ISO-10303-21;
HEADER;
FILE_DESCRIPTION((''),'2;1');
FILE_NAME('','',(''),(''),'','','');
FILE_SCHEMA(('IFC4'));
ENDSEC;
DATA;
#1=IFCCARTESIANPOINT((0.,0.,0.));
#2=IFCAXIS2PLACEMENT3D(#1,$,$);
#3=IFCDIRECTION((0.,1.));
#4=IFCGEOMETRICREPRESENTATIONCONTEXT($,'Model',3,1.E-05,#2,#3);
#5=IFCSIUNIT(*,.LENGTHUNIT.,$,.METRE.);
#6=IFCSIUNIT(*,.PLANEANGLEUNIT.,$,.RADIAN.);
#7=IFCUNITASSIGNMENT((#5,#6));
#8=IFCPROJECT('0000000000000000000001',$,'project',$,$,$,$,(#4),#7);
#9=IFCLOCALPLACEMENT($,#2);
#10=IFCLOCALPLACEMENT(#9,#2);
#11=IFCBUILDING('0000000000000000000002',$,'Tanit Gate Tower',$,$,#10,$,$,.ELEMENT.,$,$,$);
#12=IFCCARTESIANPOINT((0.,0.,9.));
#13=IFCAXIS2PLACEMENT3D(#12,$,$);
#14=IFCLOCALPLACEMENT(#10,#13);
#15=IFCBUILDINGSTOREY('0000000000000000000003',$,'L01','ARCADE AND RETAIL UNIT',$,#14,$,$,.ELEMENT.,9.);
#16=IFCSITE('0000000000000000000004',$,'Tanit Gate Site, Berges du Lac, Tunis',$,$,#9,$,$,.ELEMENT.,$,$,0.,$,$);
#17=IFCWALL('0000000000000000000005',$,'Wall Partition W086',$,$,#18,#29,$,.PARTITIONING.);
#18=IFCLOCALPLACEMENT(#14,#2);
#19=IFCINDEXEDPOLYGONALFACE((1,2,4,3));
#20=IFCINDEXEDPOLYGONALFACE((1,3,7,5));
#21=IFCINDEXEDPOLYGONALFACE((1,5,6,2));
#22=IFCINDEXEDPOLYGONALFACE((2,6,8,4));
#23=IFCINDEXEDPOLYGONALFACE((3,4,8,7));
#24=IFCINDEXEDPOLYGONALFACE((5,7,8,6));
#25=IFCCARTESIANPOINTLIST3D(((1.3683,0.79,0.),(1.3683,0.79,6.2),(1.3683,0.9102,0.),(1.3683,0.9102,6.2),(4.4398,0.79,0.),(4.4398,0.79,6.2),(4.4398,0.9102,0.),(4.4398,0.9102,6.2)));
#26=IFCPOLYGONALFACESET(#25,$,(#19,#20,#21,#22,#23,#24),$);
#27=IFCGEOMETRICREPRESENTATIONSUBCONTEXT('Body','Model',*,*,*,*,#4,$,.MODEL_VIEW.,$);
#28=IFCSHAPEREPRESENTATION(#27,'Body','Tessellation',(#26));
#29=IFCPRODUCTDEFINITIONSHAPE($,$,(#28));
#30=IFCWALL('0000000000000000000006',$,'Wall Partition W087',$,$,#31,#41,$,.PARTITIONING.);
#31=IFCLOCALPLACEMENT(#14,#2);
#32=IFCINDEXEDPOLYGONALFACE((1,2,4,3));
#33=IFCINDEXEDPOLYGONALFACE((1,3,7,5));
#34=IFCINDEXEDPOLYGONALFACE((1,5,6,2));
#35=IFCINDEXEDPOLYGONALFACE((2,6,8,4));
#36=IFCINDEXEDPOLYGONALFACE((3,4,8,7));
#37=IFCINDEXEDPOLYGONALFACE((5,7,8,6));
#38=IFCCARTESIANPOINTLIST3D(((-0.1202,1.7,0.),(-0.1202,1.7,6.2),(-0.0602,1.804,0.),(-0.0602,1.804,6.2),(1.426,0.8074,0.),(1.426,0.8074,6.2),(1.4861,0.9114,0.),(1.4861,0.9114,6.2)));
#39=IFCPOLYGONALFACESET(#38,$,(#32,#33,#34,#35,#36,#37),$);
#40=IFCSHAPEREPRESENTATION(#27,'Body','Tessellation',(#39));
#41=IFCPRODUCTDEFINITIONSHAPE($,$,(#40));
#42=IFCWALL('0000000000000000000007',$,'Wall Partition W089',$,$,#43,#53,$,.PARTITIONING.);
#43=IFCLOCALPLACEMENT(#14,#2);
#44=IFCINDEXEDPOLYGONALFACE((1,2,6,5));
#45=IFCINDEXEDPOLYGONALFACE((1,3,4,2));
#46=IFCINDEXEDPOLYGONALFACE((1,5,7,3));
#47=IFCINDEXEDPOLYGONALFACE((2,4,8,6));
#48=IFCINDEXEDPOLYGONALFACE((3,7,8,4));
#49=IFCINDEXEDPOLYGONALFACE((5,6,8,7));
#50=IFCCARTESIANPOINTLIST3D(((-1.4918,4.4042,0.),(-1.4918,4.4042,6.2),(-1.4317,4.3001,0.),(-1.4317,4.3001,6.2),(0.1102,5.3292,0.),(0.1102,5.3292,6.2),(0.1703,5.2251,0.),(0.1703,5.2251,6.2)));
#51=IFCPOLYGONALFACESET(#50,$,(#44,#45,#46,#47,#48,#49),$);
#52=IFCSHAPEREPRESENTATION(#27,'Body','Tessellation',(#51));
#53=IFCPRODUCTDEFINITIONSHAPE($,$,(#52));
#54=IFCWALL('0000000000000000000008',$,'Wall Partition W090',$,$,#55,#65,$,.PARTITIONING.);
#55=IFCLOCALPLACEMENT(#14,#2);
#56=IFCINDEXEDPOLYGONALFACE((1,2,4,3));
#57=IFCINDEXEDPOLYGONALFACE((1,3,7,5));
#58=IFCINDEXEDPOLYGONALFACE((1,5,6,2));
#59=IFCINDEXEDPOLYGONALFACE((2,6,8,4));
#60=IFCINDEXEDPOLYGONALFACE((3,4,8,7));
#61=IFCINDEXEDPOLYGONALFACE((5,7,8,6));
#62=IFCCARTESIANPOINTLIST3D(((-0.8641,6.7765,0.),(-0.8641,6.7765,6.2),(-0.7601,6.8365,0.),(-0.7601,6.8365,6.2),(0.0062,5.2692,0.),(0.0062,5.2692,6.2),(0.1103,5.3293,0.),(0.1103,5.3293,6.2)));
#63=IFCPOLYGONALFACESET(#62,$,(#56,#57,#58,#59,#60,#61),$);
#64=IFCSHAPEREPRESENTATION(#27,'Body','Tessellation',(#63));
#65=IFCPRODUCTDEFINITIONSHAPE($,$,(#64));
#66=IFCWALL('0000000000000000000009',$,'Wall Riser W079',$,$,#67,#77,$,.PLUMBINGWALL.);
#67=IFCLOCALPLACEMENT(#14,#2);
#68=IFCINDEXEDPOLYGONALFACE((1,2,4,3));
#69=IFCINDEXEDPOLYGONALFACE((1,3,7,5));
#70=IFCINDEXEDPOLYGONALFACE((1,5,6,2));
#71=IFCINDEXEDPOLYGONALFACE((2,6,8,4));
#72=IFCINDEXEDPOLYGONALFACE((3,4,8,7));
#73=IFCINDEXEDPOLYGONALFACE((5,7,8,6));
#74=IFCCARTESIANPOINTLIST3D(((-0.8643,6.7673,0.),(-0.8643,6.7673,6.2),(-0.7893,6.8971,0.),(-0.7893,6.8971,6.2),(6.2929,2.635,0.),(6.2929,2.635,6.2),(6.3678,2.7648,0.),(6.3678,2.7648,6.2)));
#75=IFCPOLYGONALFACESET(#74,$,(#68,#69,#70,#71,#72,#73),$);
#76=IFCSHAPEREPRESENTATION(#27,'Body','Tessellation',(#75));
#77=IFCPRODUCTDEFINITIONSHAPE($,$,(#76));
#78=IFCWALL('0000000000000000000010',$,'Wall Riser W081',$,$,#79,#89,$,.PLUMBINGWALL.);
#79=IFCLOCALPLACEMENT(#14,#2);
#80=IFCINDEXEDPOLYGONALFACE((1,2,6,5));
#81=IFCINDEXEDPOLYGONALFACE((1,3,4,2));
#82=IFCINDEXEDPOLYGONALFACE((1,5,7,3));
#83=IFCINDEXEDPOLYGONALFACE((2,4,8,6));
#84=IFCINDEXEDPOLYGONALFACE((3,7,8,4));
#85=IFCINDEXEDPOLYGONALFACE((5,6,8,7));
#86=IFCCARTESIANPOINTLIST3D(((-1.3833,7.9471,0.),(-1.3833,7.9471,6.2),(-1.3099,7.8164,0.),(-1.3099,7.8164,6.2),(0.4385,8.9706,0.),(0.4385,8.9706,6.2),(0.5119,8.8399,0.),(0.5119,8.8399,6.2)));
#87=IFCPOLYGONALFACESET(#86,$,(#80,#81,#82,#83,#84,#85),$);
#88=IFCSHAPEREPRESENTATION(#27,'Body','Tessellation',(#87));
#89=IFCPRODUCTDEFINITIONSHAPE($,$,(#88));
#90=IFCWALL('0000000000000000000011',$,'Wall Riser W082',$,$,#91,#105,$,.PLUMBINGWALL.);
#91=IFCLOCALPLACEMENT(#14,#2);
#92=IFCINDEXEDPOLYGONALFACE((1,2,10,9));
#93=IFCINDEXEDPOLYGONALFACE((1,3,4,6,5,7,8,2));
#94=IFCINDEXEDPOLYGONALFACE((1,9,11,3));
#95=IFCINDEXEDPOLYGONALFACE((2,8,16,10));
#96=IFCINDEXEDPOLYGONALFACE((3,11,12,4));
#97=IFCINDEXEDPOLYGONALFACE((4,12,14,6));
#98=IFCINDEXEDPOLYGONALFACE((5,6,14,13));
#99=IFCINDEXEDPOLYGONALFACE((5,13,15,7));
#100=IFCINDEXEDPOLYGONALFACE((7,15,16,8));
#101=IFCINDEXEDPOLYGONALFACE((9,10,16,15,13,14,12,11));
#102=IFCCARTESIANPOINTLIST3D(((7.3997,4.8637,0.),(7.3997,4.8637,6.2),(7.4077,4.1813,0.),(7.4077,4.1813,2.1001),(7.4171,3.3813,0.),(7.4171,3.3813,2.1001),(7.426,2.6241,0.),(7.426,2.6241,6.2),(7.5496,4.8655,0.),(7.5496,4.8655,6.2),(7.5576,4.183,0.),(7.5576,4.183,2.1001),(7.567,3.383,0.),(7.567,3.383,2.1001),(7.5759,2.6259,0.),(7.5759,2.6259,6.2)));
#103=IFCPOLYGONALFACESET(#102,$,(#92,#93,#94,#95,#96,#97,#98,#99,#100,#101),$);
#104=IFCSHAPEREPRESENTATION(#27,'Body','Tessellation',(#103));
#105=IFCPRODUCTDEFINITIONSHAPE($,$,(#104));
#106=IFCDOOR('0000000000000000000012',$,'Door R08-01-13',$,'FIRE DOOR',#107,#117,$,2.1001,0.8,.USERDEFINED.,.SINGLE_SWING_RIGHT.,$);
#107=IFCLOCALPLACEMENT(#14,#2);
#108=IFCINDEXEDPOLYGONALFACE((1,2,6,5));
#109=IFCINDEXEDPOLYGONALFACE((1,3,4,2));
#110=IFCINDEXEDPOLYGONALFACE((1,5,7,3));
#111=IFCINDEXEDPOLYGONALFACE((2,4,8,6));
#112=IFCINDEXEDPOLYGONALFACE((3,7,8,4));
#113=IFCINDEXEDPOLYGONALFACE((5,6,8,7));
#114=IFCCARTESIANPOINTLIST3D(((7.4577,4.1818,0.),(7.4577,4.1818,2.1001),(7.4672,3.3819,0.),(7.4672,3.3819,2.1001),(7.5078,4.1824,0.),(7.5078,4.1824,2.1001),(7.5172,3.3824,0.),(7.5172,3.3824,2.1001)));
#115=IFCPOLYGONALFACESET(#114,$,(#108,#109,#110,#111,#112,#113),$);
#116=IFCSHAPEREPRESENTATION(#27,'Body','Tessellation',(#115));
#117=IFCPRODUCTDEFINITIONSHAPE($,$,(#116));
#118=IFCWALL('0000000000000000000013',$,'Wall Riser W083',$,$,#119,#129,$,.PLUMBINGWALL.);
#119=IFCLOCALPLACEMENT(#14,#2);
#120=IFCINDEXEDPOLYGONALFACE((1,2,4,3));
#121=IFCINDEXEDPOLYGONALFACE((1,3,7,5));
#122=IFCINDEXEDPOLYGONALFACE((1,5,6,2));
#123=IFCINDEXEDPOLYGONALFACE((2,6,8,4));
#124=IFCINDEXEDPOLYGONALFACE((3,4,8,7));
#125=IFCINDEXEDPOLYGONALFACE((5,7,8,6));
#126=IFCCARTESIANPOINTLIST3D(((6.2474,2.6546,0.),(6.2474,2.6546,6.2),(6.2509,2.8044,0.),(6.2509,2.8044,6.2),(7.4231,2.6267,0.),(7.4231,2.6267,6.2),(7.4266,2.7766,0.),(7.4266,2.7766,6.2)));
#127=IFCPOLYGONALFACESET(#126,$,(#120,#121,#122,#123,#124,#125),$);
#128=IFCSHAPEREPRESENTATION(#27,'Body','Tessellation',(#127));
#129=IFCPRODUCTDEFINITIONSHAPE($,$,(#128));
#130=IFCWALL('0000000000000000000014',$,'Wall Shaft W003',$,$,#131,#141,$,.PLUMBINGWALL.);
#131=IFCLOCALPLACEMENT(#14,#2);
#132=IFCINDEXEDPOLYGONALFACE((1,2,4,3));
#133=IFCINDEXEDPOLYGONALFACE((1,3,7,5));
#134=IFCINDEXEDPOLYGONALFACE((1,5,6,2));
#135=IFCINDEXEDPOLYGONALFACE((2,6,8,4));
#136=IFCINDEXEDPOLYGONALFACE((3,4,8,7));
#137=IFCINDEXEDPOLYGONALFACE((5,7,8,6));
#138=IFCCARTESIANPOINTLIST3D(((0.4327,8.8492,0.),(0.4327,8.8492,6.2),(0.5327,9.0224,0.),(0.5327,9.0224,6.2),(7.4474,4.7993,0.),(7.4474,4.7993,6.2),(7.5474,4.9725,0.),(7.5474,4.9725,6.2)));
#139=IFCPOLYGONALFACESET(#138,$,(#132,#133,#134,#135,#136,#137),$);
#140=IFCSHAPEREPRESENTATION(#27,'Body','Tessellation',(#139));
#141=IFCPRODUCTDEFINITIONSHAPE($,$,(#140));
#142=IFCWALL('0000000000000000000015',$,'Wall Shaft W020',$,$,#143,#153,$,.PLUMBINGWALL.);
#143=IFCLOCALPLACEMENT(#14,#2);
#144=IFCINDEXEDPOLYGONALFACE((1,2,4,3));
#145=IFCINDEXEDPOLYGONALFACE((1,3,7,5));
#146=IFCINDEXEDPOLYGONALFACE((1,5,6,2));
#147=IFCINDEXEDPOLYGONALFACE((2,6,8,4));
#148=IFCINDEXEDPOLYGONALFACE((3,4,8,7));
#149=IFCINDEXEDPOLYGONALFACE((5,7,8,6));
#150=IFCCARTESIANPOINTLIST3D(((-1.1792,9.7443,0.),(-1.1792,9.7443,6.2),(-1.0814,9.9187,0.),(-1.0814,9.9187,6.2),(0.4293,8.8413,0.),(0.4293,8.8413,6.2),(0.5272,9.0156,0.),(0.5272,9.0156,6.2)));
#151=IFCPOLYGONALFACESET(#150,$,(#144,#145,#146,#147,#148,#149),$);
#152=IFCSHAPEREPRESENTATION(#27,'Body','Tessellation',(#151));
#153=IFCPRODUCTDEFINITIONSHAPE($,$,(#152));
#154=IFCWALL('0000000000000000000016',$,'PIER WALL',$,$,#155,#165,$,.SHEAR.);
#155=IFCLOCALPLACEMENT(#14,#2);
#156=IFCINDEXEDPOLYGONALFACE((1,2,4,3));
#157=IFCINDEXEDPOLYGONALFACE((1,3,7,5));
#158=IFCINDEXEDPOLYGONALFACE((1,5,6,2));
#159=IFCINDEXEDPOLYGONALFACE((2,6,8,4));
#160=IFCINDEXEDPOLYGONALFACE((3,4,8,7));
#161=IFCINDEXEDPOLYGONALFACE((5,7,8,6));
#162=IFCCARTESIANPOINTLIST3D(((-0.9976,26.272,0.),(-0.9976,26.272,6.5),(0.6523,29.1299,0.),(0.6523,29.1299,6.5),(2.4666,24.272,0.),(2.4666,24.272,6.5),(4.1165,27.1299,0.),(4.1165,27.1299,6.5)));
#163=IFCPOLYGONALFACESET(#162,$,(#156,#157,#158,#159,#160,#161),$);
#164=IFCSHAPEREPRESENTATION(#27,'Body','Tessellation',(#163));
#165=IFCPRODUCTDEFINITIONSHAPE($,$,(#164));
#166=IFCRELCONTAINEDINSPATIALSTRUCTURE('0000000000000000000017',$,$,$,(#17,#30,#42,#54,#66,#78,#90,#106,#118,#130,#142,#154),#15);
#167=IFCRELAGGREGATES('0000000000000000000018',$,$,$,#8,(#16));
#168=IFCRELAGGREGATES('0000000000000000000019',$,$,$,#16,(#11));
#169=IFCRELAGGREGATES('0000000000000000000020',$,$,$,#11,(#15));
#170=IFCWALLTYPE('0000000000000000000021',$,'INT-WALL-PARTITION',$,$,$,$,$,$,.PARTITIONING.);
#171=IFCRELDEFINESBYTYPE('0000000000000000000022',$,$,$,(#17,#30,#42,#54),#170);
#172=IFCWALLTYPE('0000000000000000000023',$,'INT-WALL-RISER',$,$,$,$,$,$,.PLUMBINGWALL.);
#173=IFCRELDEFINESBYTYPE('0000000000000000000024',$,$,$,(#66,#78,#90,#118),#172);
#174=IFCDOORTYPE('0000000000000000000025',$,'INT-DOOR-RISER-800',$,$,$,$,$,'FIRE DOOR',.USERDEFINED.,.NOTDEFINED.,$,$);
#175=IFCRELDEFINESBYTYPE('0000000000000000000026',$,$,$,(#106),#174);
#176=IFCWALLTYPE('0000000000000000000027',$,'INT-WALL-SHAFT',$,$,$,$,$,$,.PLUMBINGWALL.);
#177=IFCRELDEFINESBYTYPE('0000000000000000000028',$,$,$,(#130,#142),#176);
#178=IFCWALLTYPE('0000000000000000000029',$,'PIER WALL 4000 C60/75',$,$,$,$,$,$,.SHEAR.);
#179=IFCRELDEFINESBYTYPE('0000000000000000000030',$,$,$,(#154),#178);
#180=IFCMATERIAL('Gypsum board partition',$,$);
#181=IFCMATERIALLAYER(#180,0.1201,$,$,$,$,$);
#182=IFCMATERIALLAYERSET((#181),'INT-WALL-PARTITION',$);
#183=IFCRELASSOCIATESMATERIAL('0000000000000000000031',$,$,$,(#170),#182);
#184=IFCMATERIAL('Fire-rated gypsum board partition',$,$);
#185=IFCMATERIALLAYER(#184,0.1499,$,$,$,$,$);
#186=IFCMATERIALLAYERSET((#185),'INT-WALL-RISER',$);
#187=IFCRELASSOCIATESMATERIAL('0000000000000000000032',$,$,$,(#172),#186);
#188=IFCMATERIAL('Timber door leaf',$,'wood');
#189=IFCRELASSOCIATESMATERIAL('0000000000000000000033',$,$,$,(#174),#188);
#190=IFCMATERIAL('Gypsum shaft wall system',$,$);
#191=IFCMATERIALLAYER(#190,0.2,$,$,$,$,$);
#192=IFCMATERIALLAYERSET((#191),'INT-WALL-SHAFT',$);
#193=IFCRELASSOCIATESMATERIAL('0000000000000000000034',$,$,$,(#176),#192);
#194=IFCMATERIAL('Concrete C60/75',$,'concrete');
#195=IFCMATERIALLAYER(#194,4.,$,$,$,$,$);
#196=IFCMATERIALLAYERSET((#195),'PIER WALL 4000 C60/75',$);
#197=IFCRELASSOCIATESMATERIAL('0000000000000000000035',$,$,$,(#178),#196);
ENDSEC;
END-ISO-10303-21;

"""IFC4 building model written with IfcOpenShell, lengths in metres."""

from ifc_helpers import new_model, si_unit, direction, frame, frame_2d, origin, place, context, subcontext, project, spatial, polyline, rectangle, outline, extrude, material, layer, layer_set, type_object, element, fill, save


model = new_model("IFC4")

# Units and contexts
model_context = context("Model", 3, precision=1e-05, world=origin(), true_north=direction((0.0, 1.0)))
body_context = subcontext(model_context, "Body", "Model", "MODEL_VIEW")
ifc_project = project(units=[si_unit("LENGTHUNIT", "METRE"), si_unit("PLANEANGLEUNIT", "RADIAN")], contexts=[model_context])

# Site, building, storey
site_placement = place(None, origin())
site = spatial("IfcSite", under=ifc_project, at=site_placement, Name="Tanit Gate Site, Berges du Lac, Tunis", CompositionType="ELEMENT", RefElevation=0.0)
building_placement = place(site_placement, origin())
building = spatial("IfcBuilding", under=site, at=building_placement, Name="Tanit Gate Tower", CompositionType="ELEMENT")
storey_placement = place(building_placement, frame((0.0, 0.0, 9.0)))
storey = spatial("IfcBuildingStorey", under=building, at=storey_placement, Name="L01", Description="ARCADE AND RETAIL UNIT", CompositionType="ELEMENT", Elevation=9.0)

# Walls
ifc_material_1 = material(Name="Gypsum board partition")
ifc_layer_1 = layer(ifc_material_1, 0.1201)
ifc_layer_set_1 = layer_set([ifc_layer_1], Name="INT-WALL-PARTITION")
wall_type_1 = type_object("IfcWallType", Name="INT-WALL-PARTITION", PredefinedType="PARTITIONING", material=ifc_layer_set_1)
wall_1_placement = place(storey_placement, frame((1.3684, 0.8501, 0.0), z_axis=(0.0, 0.0, 1.0), x_axis=(1.0, 0.0, 0.0)))
element("IfcWall", 1, at=wall_1_placement, inside=storey, type_object=wall_type_1, Name="Wall Partition W086", PredefinedType="PARTITIONING", context=body_context, shape_type="SweptSolid", body=[
    extrude(rectangle(XDim=3.0715, YDim=0.1201, at=frame_2d((1.5356, 0.0))), origin(), (0.0, 0.0, 1.0), 6.2),
])
wall_2_placement = place(storey_placement, frame((-0.0901, 1.752, 0.0), z_axis=(0.0, 0.0, 1.0), x_axis=(0.866047, -0.499963, 0.0)))
element("IfcWall", 2, at=wall_2_placement, inside=storey, type_object=wall_type_1, Name="Wall Partition W087", PredefinedType="PARTITIONING", context=body_context, shape_type="SweptSolid", body=[
    extrude(rectangle(XDim=1.7854, YDim=0.1201, at=frame_2d((0.8926, 0.0))), origin(), (0.0, 0.0, 1.0), 6.2),
])
wall_3_placement = place(storey_placement, frame((0.1401, 5.2771, 0.0), z_axis=(0.0, 0.0, 1.0), x_axis=(-0.866001, -0.500042, 0.0)))
element("IfcWall", 3, at=wall_3_placement, inside=storey, type_object=wall_type_1, Name="Wall Partition W089", PredefinedType="PARTITIONING", context=body_context, shape_type="SweptSolid", body=[
    extrude(rectangle(XDim=1.8499, YDim=0.1201, at=frame_2d((0.9248, 0.0))), origin(), (0.0, 0.0, 1.0), 6.2),
])
wall_4_placement = place(storey_placement, frame((-0.812, 6.8064, 0.0), z_axis=(0.0, 0.0, 1.0), x_axis=(0.500046, -0.865999, 0.0)))
element("IfcWall", 4, at=wall_4_placement, inside=storey, type_object=wall_type_1, Name="Wall Partition W090", PredefinedType="PARTITIONING", context=body_context, shape_type="SweptSolid", body=[
    extrude(rectangle(XDim=1.7405, YDim=0.1201, at=frame_2d((0.8701, 0.0))), origin(), (0.0, 0.0, 1.0), 6.2),
])
ifc_material_2 = material(Name="Fire-rated gypsum board partition")
ifc_layer_2 = layer(ifc_material_2, 0.1499)
ifc_layer_set_2 = layer_set([ifc_layer_2], Name="INT-WALL-RISER")
wall_type_2 = type_object("IfcWallType", Name="INT-WALL-RISER", PredefinedType="PLUMBINGWALL", material=ifc_layer_set_2)
wall_5_placement = place(storey_placement, frame((-0.8269, 6.8323, 0.0), z_axis=(0.0, 0.0, 1.0), x_axis=(0.86602, -0.500009, 0.0)))
element("IfcWall", 5, at=wall_5_placement, inside=storey, type_object=wall_type_2, Name="Wall Riser W079", PredefinedType="PLUMBINGWALL", context=body_context, shape_type="SweptSolid", body=[
    extrude(rectangle(XDim=8.2644, YDim=0.1499, at=frame_2d((4.1323, 0.0))), origin(), (0.0, 0.0, 1.0), 6.2),
])
wall_6_placement = place(storey_placement, frame((0.4753, 8.9053, 0.0), z_axis=(0.0, 0.0, 1.0), x_axis=(-0.871844, -0.489784, 0.0)))
element("IfcWall", 6, at=wall_6_placement, inside=storey, type_object=wall_type_2, Name="Wall Riser W081", PredefinedType="PLUMBINGWALL", context=body_context, shape_type="SweptSolid", body=[
    extrude(rectangle(XDim=2.0896, YDim=0.1499, at=frame_2d((1.0449, 0.0))), origin(), (0.0, 0.0, 1.0), 6.2),
])

# Wall, opening, door
wall_7_placement = place(storey_placement, frame((7.501, 2.625, 0.0), z_axis=(0.0, 0.0, 1.0), x_axis=(-0.011773, 0.999931, 0.0)))
wall_7 = element("IfcWall", 7, at=wall_7_placement, inside=storey, type_object=wall_type_2, Name="Wall Riser W082", PredefinedType="PLUMBINGWALL", context=body_context, shape_type="SweptSolid", body=[
    extrude(rectangle(XDim=2.2397, YDim=0.1499, at=frame_2d((1.1199, 0.0))), origin(), (0.0, 0.0, 1.0), 6.2),
])
opening_1_placement = place(wall_7_placement, frame((0.7573, 0.0, 0.0)))
opening_1 = element("IfcOpeningElement", 8, at=opening_1_placement, cuts=wall_7, PredefinedType="OPENING", context=body_context, shape_type="SweptSolid", body=[
    extrude(rectangle(XDim=0.8, YDim=2.1001, at=frame_2d((0.3999, 1.05))), frame((0.0, 0.085, 0.0), z_axis=(0.0, -1.0, 0.0), x_axis=(1.0, 0.0, 0.0)), (0.0, 0.0, 1.0), 0.1699),
])
ifc_material_3 = material(Name="Timber door leaf", Category="wood")
door_type_1 = type_object("IfcDoorType", Name="INT-DOOR-RISER-800", ElementType="FIRE DOOR", OperationType="NOTDEFINED", PredefinedType="USERDEFINED", material=ifc_material_3)
door_1_placement = place(opening_1_placement, origin())
door_1 = element("IfcDoor", 9, at=door_1_placement, inside=storey, type_object=door_type_1, Name="Door R08-01-13", ObjectType="FIRE DOOR", OperationType="SINGLE_SWING_RIGHT", OverallHeight=2.1001, OverallWidth=0.8, PredefinedType="USERDEFINED", context=body_context, shape_type="SweptSolid", body=[
    extrude(rectangle(XDim=0.8, YDim=2.1001, at=frame_2d((0.3999, 1.05))), frame((0.0, 0.0249, 0.0), z_axis=(0.0, -1.0, 0.0), x_axis=(1.0, 0.0, 0.0)), (0.0, 0.0, 1.0), 0.05),
])
fill(opening_1, door_1)

# Walls
wall_8_placement = place(storey_placement, frame((6.2493, 2.7295, 0.0), z_axis=(0.0, 0.0, 1.0), x_axis=(0.99972, -0.023664, 0.0)))
element("IfcWall", 10, at=wall_8_placement, inside=storey, type_object=wall_type_2, Name="Wall Riser W083", PredefinedType="PLUMBINGWALL", context=body_context, shape_type="SweptSolid", body=[
    extrude(rectangle(XDim=1.176, YDim=0.1499, at=frame_2d((0.5879, 0.0))), origin(), (0.0, 0.0, 1.0), 6.2),
])
ifc_material_4 = material(Name="Gypsum shaft wall system")
ifc_layer_3 = layer(ifc_material_4, 0.2)
ifc_layer_set_3 = layer_set([ifc_layer_3], Name="INT-WALL-SHAFT")
wall_type_3 = type_object("IfcWallType", Name="INT-WALL-SHAFT", PredefinedType="PLUMBINGWALL", material=ifc_layer_set_3)
wall_9_placement = place(storey_placement, frame((7.4973, 4.886, 0.0), z_axis=(0.0, 0.0, 1.0), x_axis=(-0.866031, 0.49999, 0.0)))
element("IfcWall", 11, at=wall_9_placement, inside=storey, type_object=wall_type_3, Name="Wall Shaft W003", PredefinedType="PLUMBINGWALL", context=body_context, shape_type="SweptSolid", body=[
    extrude(rectangle(XDim=8.0999, YDim=0.2, at=frame_2d((4.0498, 0.0))), origin(), (0.0, 0.0, 1.0), 6.2),
])
wall_10_placement = place(storey_placement, frame((0.4783, 8.9285, 0.0), z_axis=(0.0, 0.0, 1.0), x_axis=(-0.871989, 0.489526, 0.0)))
element("IfcWall", 12, at=wall_10_placement, inside=storey, type_object=wall_type_3, Name="Wall Shaft W020", PredefinedType="PLUMBINGWALL", context=body_context, shape_type="SweptSolid", body=[
    extrude(rectangle(XDim=1.8447, YDim=0.2, at=frame_2d((0.9224, 0.0))), origin(), (0.0, 0.0, 1.0), 6.2),
])
ifc_material_5 = material(Name="Concrete C60/75", Category="concrete")
ifc_layer_4 = layer(ifc_material_5, 4.0)
ifc_layer_set_4 = layer_set([ifc_layer_4], Name="PIER WALL 4000 C60/75")
wall_type_4 = type_object("IfcWallType", Name="PIER WALL 4000 C60/75", PredefinedType="SHEAR", material=ifc_layer_set_4)
wall_11_placement = place(storey_placement, origin())
element("IfcWall", 13, at=wall_11_placement, inside=storey, type_object=wall_type_4, Name="PIER WALL", PredefinedType="SHEAR", context=body_context, shape_type="SweptSolid", body=[
    extrude(outline(polyline([(4.1165, 27.1299), (0.6523, 29.1299), (-0.9976, 26.272), (2.4666, 24.272), (4.1165, 27.1299)])), origin(), (0.0, 0.0, 1.0), 6.5),
])

save(model, "model.ifc")
